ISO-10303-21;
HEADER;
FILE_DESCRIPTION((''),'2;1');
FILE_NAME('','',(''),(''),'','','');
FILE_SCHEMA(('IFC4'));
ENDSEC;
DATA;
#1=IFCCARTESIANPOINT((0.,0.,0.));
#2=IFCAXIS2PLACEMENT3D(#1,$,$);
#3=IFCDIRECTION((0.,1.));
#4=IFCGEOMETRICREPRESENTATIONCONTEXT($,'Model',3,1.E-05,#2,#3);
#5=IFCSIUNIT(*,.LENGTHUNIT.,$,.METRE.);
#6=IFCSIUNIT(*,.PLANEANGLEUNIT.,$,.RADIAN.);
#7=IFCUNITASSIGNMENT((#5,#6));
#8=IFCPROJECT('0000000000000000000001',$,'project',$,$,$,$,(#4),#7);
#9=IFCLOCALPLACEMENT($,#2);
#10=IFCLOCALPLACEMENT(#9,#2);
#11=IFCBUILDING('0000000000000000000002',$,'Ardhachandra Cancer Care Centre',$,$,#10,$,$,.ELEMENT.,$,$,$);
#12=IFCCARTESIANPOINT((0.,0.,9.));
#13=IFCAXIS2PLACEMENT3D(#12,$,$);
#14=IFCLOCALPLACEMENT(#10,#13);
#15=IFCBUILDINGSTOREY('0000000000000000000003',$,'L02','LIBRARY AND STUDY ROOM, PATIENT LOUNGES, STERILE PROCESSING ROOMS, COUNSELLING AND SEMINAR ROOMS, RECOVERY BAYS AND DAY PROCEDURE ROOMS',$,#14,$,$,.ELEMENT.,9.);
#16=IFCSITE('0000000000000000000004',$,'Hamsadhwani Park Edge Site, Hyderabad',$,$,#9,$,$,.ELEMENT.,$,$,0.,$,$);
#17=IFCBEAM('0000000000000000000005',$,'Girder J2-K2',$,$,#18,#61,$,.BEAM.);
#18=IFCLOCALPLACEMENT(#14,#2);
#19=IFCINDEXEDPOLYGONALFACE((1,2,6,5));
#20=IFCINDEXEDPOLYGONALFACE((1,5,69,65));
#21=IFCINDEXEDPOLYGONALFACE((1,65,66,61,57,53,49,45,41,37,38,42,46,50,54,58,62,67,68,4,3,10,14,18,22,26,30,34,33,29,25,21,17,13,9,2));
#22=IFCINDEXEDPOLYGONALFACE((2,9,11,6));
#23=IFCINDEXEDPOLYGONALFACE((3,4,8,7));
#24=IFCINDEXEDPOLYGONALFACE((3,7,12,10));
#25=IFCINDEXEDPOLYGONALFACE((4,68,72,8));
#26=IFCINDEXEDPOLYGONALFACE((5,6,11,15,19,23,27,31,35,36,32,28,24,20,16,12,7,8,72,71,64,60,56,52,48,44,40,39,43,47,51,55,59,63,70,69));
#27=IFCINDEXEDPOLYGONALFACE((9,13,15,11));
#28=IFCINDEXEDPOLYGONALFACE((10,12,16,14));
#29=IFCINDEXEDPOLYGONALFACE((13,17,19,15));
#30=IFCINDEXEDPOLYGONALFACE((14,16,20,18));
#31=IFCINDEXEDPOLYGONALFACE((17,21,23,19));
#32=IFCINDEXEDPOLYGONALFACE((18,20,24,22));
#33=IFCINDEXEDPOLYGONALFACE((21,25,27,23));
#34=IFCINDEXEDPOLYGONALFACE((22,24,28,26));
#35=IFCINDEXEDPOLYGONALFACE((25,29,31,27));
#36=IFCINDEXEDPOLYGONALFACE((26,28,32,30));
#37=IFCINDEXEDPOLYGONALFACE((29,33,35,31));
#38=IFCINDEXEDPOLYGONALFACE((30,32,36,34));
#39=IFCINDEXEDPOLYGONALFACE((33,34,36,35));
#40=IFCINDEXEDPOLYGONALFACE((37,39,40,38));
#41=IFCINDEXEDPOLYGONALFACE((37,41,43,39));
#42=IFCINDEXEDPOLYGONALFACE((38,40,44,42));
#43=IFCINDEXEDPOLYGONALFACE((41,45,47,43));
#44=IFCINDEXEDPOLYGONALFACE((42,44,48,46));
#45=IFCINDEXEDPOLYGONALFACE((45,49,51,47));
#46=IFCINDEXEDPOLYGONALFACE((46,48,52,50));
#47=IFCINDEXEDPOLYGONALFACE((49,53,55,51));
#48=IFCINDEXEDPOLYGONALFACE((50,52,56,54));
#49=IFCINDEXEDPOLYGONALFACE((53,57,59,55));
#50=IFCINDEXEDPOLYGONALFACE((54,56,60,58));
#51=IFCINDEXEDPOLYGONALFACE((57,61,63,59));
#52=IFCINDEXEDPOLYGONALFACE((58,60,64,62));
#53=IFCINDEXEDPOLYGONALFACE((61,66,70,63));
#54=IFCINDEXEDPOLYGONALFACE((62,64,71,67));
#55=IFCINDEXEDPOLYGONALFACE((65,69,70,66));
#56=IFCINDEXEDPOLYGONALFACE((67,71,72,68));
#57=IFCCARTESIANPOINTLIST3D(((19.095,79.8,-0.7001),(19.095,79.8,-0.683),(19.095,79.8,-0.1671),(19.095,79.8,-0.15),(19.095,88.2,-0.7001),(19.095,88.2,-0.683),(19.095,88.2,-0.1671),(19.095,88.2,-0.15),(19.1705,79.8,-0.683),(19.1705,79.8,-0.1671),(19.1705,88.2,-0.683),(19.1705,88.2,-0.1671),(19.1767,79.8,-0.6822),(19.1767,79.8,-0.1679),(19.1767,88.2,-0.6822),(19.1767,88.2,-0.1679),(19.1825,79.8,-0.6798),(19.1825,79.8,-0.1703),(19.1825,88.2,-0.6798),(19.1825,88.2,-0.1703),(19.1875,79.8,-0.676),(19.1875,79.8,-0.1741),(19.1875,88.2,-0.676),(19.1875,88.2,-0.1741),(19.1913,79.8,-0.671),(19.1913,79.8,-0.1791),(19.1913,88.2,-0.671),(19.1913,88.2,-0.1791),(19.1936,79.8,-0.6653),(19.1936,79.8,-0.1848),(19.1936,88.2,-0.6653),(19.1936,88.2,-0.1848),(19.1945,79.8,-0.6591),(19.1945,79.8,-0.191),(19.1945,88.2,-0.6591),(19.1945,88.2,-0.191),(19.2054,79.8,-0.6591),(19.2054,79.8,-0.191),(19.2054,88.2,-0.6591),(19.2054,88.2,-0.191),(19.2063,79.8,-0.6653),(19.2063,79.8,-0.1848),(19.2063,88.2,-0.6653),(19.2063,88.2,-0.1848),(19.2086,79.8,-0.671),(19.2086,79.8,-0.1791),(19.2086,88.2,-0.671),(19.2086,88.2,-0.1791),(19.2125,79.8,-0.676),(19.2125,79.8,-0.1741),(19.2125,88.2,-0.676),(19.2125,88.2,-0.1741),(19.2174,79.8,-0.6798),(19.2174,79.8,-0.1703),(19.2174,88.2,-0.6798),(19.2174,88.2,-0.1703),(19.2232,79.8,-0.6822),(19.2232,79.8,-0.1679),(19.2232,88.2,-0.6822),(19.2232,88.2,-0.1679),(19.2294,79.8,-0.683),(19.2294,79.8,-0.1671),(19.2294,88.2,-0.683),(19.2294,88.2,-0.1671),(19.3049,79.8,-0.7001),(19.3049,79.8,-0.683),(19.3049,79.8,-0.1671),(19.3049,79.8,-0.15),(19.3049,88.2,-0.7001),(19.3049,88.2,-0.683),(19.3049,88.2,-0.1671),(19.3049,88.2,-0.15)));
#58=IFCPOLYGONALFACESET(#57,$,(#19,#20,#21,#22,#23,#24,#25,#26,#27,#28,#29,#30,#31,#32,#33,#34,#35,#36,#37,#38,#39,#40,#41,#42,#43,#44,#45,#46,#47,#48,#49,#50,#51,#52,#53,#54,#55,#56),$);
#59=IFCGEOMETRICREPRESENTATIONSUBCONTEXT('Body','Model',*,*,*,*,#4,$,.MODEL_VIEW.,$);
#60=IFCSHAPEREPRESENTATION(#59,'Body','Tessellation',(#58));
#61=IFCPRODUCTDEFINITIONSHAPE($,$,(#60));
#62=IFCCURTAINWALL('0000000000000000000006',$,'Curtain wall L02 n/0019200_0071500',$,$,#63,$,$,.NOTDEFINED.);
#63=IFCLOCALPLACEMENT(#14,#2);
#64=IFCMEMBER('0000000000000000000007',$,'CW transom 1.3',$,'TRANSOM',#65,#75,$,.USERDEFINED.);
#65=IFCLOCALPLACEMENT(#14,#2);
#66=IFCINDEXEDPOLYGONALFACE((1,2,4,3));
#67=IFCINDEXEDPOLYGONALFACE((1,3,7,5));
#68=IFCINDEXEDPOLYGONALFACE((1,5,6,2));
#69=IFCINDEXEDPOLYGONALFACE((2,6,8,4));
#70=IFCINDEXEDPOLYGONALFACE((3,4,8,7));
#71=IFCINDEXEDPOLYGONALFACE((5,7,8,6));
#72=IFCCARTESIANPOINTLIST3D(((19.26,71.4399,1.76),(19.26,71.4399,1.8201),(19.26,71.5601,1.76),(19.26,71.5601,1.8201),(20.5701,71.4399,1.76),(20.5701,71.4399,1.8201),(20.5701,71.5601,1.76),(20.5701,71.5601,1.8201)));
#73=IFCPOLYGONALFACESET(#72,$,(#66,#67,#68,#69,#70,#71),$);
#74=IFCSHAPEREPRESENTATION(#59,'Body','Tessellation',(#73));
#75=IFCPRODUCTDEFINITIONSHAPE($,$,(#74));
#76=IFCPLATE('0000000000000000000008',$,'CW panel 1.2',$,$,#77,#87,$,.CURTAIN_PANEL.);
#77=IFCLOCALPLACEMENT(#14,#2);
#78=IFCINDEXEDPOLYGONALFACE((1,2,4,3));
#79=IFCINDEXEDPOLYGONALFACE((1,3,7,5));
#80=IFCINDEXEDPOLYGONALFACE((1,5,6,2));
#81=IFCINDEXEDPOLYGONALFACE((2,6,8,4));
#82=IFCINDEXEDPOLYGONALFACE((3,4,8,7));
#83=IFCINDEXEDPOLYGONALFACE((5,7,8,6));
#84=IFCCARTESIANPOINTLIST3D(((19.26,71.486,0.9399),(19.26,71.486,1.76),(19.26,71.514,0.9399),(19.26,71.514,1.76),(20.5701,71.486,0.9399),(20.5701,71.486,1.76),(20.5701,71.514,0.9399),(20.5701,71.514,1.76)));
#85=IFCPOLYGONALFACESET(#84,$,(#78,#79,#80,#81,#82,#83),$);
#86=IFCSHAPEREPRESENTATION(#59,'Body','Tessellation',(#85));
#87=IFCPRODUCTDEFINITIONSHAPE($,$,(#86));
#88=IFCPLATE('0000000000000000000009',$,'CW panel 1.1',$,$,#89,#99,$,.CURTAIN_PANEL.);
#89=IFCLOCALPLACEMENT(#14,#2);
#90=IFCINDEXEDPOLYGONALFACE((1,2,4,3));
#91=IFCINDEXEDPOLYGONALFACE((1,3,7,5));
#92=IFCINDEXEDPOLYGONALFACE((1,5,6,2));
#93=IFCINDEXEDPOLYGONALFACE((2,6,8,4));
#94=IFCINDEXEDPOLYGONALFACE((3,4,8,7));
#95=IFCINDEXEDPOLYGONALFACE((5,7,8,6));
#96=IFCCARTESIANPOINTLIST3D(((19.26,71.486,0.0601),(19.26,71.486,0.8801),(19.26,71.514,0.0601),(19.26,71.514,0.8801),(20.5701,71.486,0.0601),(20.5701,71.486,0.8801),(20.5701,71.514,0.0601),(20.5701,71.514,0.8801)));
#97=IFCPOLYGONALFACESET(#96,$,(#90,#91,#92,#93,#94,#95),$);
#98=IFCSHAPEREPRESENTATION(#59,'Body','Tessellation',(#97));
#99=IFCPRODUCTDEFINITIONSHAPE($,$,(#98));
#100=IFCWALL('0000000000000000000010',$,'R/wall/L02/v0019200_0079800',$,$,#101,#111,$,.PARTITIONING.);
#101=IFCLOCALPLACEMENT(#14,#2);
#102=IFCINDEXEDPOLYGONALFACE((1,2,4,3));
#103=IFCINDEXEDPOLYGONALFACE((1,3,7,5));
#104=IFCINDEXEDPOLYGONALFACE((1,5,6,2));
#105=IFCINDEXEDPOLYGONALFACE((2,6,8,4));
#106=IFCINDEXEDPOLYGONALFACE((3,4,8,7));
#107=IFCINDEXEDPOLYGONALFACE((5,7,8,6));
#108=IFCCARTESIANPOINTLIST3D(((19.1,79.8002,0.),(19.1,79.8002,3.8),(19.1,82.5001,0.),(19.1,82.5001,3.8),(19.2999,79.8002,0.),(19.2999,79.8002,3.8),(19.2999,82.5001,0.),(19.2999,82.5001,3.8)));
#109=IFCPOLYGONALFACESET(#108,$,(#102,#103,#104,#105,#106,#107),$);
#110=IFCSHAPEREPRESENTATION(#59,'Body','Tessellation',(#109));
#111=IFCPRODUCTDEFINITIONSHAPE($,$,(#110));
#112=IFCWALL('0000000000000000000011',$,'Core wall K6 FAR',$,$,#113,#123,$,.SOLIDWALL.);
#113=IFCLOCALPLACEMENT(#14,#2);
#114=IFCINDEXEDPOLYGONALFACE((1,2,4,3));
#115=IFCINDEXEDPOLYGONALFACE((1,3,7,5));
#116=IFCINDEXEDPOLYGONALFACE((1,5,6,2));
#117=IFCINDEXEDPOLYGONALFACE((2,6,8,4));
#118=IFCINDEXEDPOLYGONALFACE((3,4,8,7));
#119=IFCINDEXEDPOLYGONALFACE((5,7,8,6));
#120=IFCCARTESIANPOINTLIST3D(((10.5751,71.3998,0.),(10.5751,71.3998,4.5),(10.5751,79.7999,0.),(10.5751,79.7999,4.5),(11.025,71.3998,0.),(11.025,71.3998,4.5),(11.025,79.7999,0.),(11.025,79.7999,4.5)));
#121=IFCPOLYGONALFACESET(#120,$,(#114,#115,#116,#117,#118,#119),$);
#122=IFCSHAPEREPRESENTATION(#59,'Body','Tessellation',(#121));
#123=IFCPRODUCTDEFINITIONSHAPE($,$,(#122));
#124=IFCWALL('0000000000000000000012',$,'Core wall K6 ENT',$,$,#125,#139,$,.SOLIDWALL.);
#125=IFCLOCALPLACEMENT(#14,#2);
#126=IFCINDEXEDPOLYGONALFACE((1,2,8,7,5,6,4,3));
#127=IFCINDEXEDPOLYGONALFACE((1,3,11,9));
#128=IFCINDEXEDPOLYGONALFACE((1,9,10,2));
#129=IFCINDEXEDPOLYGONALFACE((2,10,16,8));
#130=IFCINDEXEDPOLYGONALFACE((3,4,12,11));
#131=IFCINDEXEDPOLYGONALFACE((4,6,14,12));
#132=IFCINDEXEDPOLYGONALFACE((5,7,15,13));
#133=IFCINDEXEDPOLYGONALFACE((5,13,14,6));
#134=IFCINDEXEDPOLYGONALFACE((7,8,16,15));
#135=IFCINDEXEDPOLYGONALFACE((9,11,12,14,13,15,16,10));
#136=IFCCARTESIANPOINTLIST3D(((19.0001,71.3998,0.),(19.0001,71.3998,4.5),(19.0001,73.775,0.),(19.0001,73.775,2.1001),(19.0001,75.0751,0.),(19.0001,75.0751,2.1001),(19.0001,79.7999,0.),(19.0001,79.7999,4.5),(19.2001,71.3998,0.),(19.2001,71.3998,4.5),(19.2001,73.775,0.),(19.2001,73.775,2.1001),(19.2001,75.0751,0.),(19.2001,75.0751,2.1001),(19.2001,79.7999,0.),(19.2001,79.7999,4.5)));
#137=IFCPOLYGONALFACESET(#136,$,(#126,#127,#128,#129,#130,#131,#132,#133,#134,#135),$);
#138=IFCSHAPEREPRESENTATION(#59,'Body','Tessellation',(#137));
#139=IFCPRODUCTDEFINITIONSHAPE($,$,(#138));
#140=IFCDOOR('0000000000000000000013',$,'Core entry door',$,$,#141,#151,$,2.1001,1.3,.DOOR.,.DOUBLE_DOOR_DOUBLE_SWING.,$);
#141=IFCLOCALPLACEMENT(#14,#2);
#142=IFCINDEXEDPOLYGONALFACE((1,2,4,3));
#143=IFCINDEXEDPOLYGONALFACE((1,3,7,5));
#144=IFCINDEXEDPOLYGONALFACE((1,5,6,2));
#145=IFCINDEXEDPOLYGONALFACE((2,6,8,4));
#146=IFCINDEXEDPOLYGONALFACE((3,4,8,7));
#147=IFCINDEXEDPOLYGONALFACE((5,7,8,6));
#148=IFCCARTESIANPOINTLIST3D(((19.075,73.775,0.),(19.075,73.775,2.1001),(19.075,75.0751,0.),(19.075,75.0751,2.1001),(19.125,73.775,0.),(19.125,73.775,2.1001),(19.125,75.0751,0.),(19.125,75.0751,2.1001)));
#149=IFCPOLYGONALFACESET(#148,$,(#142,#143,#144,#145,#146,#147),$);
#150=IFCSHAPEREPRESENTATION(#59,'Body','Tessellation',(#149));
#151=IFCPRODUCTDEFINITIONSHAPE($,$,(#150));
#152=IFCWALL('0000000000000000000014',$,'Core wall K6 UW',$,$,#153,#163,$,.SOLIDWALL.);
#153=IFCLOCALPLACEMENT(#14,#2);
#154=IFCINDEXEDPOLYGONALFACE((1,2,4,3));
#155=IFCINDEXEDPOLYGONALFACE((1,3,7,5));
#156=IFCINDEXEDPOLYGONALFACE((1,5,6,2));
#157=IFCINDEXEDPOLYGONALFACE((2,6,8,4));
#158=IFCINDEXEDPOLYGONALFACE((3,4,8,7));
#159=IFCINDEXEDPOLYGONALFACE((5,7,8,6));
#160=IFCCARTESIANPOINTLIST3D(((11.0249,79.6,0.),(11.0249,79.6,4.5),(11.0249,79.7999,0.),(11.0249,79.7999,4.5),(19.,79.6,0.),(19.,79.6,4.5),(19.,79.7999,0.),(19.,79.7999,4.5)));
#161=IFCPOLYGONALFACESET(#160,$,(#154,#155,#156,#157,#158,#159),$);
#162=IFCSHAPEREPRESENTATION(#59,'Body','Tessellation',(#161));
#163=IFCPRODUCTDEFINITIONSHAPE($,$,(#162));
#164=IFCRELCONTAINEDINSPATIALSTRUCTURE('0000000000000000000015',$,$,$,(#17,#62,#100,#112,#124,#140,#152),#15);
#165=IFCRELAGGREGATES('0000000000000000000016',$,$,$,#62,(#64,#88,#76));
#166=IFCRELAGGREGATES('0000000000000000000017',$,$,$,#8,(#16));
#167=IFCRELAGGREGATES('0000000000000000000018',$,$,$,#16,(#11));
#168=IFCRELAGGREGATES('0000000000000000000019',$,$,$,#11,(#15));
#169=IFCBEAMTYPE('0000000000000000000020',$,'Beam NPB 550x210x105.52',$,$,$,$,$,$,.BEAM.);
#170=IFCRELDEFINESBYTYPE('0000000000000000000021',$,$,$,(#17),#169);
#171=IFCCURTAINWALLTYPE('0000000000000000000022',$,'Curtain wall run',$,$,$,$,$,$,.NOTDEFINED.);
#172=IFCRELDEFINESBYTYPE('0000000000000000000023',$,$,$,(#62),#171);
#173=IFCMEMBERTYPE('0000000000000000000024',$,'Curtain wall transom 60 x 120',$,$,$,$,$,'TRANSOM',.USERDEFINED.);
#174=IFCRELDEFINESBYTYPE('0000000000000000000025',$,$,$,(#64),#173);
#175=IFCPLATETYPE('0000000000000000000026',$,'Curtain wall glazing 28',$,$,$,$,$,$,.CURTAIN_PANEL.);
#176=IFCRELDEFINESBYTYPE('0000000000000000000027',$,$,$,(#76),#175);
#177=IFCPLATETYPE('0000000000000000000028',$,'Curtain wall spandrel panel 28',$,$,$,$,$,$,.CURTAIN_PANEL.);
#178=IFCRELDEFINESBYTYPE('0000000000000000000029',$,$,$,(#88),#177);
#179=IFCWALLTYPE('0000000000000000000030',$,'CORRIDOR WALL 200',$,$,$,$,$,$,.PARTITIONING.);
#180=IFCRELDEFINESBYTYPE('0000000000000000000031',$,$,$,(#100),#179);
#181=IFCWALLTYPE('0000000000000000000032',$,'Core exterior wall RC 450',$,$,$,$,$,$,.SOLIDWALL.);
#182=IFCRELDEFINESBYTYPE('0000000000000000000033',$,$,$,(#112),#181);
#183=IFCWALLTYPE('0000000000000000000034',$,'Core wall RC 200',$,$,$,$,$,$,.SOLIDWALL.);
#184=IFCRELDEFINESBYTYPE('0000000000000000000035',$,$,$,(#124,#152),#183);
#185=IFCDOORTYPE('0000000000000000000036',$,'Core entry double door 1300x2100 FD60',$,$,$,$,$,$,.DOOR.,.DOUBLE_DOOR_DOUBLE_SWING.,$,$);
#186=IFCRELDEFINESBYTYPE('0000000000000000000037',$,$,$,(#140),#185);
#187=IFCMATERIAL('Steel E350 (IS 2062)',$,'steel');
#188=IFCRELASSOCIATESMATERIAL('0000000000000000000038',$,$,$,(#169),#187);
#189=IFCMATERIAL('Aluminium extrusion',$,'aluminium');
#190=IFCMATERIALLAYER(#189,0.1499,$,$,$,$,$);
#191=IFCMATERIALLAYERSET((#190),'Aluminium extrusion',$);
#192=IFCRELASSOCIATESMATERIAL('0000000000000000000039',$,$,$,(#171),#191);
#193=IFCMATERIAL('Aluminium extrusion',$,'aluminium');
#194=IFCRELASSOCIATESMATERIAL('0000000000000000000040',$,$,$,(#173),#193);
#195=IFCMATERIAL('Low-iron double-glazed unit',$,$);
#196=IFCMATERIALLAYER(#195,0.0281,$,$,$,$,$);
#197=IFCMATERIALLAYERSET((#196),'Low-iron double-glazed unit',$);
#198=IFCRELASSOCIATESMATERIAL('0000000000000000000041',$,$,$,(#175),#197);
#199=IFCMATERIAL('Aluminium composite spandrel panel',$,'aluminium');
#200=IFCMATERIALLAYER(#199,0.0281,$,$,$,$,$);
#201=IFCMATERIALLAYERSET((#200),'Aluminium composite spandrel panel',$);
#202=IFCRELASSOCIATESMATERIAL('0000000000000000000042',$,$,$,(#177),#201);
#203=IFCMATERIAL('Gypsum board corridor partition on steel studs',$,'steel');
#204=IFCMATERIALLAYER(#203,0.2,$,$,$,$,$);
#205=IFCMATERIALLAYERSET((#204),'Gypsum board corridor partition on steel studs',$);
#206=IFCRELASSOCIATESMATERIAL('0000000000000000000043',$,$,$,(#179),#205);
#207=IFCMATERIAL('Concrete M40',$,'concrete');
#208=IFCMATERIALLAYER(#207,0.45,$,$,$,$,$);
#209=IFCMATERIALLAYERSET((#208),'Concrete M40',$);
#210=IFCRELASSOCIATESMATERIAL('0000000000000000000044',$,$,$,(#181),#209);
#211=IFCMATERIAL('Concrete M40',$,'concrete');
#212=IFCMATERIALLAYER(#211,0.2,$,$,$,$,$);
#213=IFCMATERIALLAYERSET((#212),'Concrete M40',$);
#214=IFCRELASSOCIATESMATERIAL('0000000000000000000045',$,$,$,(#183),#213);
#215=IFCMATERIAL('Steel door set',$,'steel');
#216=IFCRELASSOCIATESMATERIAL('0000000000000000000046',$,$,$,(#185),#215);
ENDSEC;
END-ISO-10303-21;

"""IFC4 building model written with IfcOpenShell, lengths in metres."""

from ifc_helpers import new_model, si_unit, direction, frame, frame_2d, origin, origin_2d, place, context, subcontext, project, spatial, rectangle, i_section, extrude, material, layer, layer_set, material_profile, profile_set, type_object, element, fill, aggregate, save


model = new_model("IFC4")

# Units and contexts
model_context = context("Model", 3, precision=1e-05, world=origin(), true_north=direction((0.0, 1.0)))
body_context = subcontext(model_context, "Body", "Model", "MODEL_VIEW")
ifc_project = project(units=[si_unit("LENGTHUNIT", "METRE"), si_unit("PLANEANGLEUNIT", "RADIAN")], contexts=[model_context])

# Site, building, storey
site_placement = place(None, origin())
site = spatial("IfcSite", under=ifc_project, at=site_placement, Name="Hamsadhwani Park Edge Site, Hyderabad", CompositionType="ELEMENT", RefElevation=0.0)
building_placement = place(site_placement, origin())
building = spatial("IfcBuilding", under=site, at=building_placement, Name="Ardhachandra Cancer Care Centre", CompositionType="ELEMENT")
storey_placement = place(building_placement, frame((0.0, 0.0, 9.0)))
storey = spatial("IfcBuildingStorey", under=building, at=storey_placement, Name="L02", Description="LIBRARY AND STUDY ROOM, PATIENT LOUNGES, STERILE PROCESSING ROOMS, COUNSELLING AND SEMINAR ROOMS, RECOVERY BAYS AND DAY PROCEDURE ROOMS", CompositionType="ELEMENT", Elevation=9.0)

# Beam
ifc_material_1 = material(Name="Steel E350 (IS 2062)", Category="steel")
ifc_material_profile_1 = material_profile(ifc_material_1, i_section(OverallWidth=0.21, OverallDepth=0.55, WebThickness=0.011, FlangeThickness=0.0171, FilletRadius=0.0239, at=origin_2d()), Name="NPB 550x210x105.52")
ifc_profile_set_1 = profile_set([ifc_material_profile_1], Name="Steel E350 (IS 2062)")
beam_type_1 = type_object("IfcBeamType", Name="Beam NPB 550x210x105.52", PredefinedType="BEAM", material=ifc_profile_set_1)
beam_1_placement = place(storey_placement, frame((19.2, 79.8, -0.425), z_axis=(0.0, 1.0, 0.0), x_axis=(-1.0, 0.0, 0.0)))
element("IfcBeam", 1, at=beam_1_placement, inside=storey, type_object=beam_type_1, Name="Girder J2-K2", PredefinedType="BEAM", context=body_context, shape_type="SweptSolid", body=[
    extrude(i_section(OverallWidth=0.21, OverallDepth=0.55, WebThickness=0.011, FlangeThickness=0.0171, FilletRadius=0.0239, at=origin_2d()), origin(), (0.0, 0.0, 1.0), 8.3999),
])

# Curtain wall, member, plates
ifc_material_2 = material(Name="Aluminium extrusion", Category="aluminium")
ifc_layer_1 = layer(ifc_material_2, 0.1499)
ifc_layer_set_1 = layer_set([ifc_layer_1], Name="Aluminium extrusion")
curtain_wall_type = type_object("IfcCurtainWallType", Name="Curtain wall run", PredefinedType="NOTDEFINED", material=ifc_layer_set_1)
curtain_wall_placement = place(storey_placement, origin())
curtain_wall = element("IfcCurtainWall", 2, at=curtain_wall_placement, inside=storey, type_object=curtain_wall_type, Name="Curtain wall L02 n/0019200_0071500", PredefinedType="NOTDEFINED")
ifc_material_3 = material(Name="Aluminium extrusion", Category="aluminium")
ifc_material_profile_2 = material_profile(ifc_material_3, rectangle(XDim=0.1201, YDim=0.0601, at=origin_2d()), Name="Curtain wall transom 60 x 120")
ifc_profile_set_2 = profile_set([ifc_material_profile_2], Name="Aluminium extrusion")
member_type = type_object("IfcMemberType", Name="Curtain wall transom 60 x 120", ElementType="TRANSOM", PredefinedType="USERDEFINED", material=ifc_profile_set_2)
member_placement = place(storey_placement, frame((19.26, 71.5, 1.79), z_axis=(1.0, 0.0, 0.0), x_axis=(0.0, 1.0, 0.0)))
member = element("IfcMember", 3, at=member_placement, type_object=member_type, Name="CW transom 1.3", ObjectType="TRANSOM", PredefinedType="USERDEFINED", context=body_context, shape_type="SweptSolid", body=[
    extrude(rectangle(XDim=0.1201, YDim=0.0601, at=origin_2d()), origin(), (0.0, 0.0, 1.0), 1.3101),
])
ifc_material_4 = material(Name="Low-iron double-glazed unit")
ifc_layer_2 = layer(ifc_material_4, 0.0281)
ifc_layer_set_2 = layer_set([ifc_layer_2], Name="Low-iron double-glazed unit")
plate_type_1 = type_object("IfcPlateType", Name="Curtain wall glazing 28", PredefinedType="CURTAIN_PANEL", material=ifc_layer_set_2)
plate_1_placement = place(storey_placement, frame((19.915, 71.5, 0.9399), z_axis=(0.0, 0.0, 1.0), x_axis=(1.0, 0.0, 0.0)))
plate_1 = element("IfcPlate", 4, at=plate_1_placement, type_object=plate_type_1, Name="CW panel 1.2", PredefinedType="CURTAIN_PANEL", context=body_context, shape_type="SweptSolid", body=[
    extrude(rectangle(XDim=1.3101, YDim=0.0281, at=origin_2d()), origin(), (0.0, 0.0, 1.0), 0.8201),
])
ifc_material_5 = material(Name="Aluminium composite spandrel panel", Category="aluminium")
ifc_layer_3 = layer(ifc_material_5, 0.0281)
ifc_layer_set_3 = layer_set([ifc_layer_3], Name="Aluminium composite spandrel panel")
plate_type_2 = type_object("IfcPlateType", Name="Curtain wall spandrel panel 28", PredefinedType="CURTAIN_PANEL", material=ifc_layer_set_3)
plate_2_placement = place(storey_placement, frame((19.915, 71.5, 0.0601), z_axis=(0.0, 0.0, 1.0), x_axis=(1.0, 0.0, 0.0)))
plate_2 = element("IfcPlate", 5, at=plate_2_placement, type_object=plate_type_2, Name="CW panel 1.1", PredefinedType="CURTAIN_PANEL", context=body_context, shape_type="SweptSolid", body=[
    extrude(rectangle(XDim=1.3101, YDim=0.0281, at=origin_2d()), origin(), (0.0, 0.0, 1.0), 0.8201),
])
aggregate(curtain_wall, [member, plate_2, plate_1])

# Walls
ifc_material_6 = material(Name="Gypsum board corridor partition on steel studs", Category="steel")
ifc_layer_4 = layer(ifc_material_6, 0.2)
ifc_layer_set_4 = layer_set([ifc_layer_4], Name="Gypsum board corridor partition on steel studs")
wall_type_1 = type_object("IfcWallType", Name="CORRIDOR WALL 200", PredefinedType="PARTITIONING", material=ifc_layer_set_4)
wall_1_placement = place(storey_placement, frame((19.2, 79.8, 0.0), z_axis=(0.0, 0.0, 1.0), x_axis=(0.0, 1.0, 0.0)))
element("IfcWall", 6, at=wall_1_placement, inside=storey, type_object=wall_type_1, Name="R/wall/L02/v0019200_0079800", PredefinedType="PARTITIONING", context=body_context, shape_type="SweptSolid", body=[
    extrude(rectangle(XDim=2.7, YDim=0.2, at=frame_2d((1.3501, 0.0))), origin(), (0.0, 0.0, 1.0), 3.8),
])
ifc_material_7 = material(Name="Concrete M40", Category="concrete")
ifc_layer_5 = layer(ifc_material_7, 0.45)
ifc_layer_set_5 = layer_set([ifc_layer_5], Name="Concrete M40")
wall_type_2 = type_object("IfcWallType", Name="Core exterior wall RC 450", PredefinedType="SOLIDWALL", material=ifc_layer_set_5)
wall_2_placement = place(storey_placement, frame((10.8, 79.8, 0.0), z_axis=(0.0, 0.0, 1.0), x_axis=(0.0, -1.0, 0.0)))
element("IfcWall", 7, at=wall_2_placement, inside=storey, type_object=wall_type_2, Name="Core wall K6 FAR", PredefinedType="SOLIDWALL", context=body_context, shape_type="SweptSolid", body=[
    extrude(rectangle(XDim=8.4001, YDim=0.45, at=frame_2d((4.2002, 0.0))), origin(), (0.0, 0.0, 1.0), 4.5),
])

# Wall, opening, door
ifc_material_8 = material(Name="Concrete M40", Category="concrete")
ifc_layer_6 = layer(ifc_material_8, 0.2)
ifc_layer_set_6 = layer_set([ifc_layer_6], Name="Concrete M40")
wall_type_3 = type_object("IfcWallType", Name="Core wall RC 200", PredefinedType="SOLIDWALL", material=ifc_layer_set_6)
wall_3_placement = place(storey_placement, frame((19.1001, 79.8, 0.0), z_axis=(0.0, 0.0, 1.0), x_axis=(0.0, -1.0, 0.0)))
wall_3 = element("IfcWall", 8, at=wall_3_placement, inside=storey, type_object=wall_type_3, Name="Core wall K6 ENT", PredefinedType="SOLIDWALL", context=body_context, shape_type="SweptSolid", body=[
    extrude(rectangle(XDim=8.4001, YDim=0.2, at=frame_2d((4.2002, 0.0))), origin(), (0.0, 0.0, 1.0), 4.5),
])
opening_1_placement = place(wall_3_placement, frame((4.7251, 0.0, 0.0)))
opening_1 = element("IfcOpeningElement", 9, at=opening_1_placement, cuts=wall_3, PredefinedType="OPENING", context=body_context, shape_type="SweptSolid", body=[
    extrude(rectangle(XDim=1.3, YDim=2.1001, at=frame_2d((0.6499, 1.05))), frame((0.0, 0.1099, 0.0), z_axis=(0.0, -1.0, 0.0), x_axis=(1.0, 0.0, 0.0)), (0.0, 0.0, 1.0), 0.22),
])
ifc_material_9 = material(Name="Steel door set", Category="steel")
door_type_1 = type_object("IfcDoorType", Name="Core entry double door 1300x2100 FD60", OperationType="DOUBLE_DOOR_DOUBLE_SWING", PredefinedType="DOOR", material=ifc_material_9)
door_1_placement = place(opening_1_placement, origin())
door_1 = element("IfcDoor", 10, at=door_1_placement, inside=storey, type_object=door_type_1, Name="Core entry door", OperationType="DOUBLE_DOOR_DOUBLE_SWING", OverallHeight=2.1001, OverallWidth=1.3, PredefinedType="DOOR", context=body_context, shape_type="SweptSolid", body=[
    extrude(rectangle(XDim=1.3, YDim=2.1001, at=frame_2d((0.6499, 1.05))), frame((0.0, 0.0249, 0.0), z_axis=(0.0, -1.0, 0.0), x_axis=(1.0, 0.0, 0.0)), (0.0, 0.0, 1.0), 0.05),
])
fill(opening_1, door_1)

# Wall
wall_4_placement = place(storey_placement, frame((19.0, 79.7, 0.0), z_axis=(0.0, 0.0, 1.0), x_axis=(-1.0, 0.0, 0.0)))
element("IfcWall", 11, at=wall_4_placement, inside=storey, type_object=wall_type_3, Name="Core wall K6 UW", PredefinedType="SOLIDWALL", context=body_context, shape_type="SweptSolid", body=[
    extrude(rectangle(XDim=7.9751, YDim=0.2, at=frame_2d((3.9875, 0.0))), origin(), (0.0, 0.0, 1.0), 4.5),
])

save(model, "model.ifc")
